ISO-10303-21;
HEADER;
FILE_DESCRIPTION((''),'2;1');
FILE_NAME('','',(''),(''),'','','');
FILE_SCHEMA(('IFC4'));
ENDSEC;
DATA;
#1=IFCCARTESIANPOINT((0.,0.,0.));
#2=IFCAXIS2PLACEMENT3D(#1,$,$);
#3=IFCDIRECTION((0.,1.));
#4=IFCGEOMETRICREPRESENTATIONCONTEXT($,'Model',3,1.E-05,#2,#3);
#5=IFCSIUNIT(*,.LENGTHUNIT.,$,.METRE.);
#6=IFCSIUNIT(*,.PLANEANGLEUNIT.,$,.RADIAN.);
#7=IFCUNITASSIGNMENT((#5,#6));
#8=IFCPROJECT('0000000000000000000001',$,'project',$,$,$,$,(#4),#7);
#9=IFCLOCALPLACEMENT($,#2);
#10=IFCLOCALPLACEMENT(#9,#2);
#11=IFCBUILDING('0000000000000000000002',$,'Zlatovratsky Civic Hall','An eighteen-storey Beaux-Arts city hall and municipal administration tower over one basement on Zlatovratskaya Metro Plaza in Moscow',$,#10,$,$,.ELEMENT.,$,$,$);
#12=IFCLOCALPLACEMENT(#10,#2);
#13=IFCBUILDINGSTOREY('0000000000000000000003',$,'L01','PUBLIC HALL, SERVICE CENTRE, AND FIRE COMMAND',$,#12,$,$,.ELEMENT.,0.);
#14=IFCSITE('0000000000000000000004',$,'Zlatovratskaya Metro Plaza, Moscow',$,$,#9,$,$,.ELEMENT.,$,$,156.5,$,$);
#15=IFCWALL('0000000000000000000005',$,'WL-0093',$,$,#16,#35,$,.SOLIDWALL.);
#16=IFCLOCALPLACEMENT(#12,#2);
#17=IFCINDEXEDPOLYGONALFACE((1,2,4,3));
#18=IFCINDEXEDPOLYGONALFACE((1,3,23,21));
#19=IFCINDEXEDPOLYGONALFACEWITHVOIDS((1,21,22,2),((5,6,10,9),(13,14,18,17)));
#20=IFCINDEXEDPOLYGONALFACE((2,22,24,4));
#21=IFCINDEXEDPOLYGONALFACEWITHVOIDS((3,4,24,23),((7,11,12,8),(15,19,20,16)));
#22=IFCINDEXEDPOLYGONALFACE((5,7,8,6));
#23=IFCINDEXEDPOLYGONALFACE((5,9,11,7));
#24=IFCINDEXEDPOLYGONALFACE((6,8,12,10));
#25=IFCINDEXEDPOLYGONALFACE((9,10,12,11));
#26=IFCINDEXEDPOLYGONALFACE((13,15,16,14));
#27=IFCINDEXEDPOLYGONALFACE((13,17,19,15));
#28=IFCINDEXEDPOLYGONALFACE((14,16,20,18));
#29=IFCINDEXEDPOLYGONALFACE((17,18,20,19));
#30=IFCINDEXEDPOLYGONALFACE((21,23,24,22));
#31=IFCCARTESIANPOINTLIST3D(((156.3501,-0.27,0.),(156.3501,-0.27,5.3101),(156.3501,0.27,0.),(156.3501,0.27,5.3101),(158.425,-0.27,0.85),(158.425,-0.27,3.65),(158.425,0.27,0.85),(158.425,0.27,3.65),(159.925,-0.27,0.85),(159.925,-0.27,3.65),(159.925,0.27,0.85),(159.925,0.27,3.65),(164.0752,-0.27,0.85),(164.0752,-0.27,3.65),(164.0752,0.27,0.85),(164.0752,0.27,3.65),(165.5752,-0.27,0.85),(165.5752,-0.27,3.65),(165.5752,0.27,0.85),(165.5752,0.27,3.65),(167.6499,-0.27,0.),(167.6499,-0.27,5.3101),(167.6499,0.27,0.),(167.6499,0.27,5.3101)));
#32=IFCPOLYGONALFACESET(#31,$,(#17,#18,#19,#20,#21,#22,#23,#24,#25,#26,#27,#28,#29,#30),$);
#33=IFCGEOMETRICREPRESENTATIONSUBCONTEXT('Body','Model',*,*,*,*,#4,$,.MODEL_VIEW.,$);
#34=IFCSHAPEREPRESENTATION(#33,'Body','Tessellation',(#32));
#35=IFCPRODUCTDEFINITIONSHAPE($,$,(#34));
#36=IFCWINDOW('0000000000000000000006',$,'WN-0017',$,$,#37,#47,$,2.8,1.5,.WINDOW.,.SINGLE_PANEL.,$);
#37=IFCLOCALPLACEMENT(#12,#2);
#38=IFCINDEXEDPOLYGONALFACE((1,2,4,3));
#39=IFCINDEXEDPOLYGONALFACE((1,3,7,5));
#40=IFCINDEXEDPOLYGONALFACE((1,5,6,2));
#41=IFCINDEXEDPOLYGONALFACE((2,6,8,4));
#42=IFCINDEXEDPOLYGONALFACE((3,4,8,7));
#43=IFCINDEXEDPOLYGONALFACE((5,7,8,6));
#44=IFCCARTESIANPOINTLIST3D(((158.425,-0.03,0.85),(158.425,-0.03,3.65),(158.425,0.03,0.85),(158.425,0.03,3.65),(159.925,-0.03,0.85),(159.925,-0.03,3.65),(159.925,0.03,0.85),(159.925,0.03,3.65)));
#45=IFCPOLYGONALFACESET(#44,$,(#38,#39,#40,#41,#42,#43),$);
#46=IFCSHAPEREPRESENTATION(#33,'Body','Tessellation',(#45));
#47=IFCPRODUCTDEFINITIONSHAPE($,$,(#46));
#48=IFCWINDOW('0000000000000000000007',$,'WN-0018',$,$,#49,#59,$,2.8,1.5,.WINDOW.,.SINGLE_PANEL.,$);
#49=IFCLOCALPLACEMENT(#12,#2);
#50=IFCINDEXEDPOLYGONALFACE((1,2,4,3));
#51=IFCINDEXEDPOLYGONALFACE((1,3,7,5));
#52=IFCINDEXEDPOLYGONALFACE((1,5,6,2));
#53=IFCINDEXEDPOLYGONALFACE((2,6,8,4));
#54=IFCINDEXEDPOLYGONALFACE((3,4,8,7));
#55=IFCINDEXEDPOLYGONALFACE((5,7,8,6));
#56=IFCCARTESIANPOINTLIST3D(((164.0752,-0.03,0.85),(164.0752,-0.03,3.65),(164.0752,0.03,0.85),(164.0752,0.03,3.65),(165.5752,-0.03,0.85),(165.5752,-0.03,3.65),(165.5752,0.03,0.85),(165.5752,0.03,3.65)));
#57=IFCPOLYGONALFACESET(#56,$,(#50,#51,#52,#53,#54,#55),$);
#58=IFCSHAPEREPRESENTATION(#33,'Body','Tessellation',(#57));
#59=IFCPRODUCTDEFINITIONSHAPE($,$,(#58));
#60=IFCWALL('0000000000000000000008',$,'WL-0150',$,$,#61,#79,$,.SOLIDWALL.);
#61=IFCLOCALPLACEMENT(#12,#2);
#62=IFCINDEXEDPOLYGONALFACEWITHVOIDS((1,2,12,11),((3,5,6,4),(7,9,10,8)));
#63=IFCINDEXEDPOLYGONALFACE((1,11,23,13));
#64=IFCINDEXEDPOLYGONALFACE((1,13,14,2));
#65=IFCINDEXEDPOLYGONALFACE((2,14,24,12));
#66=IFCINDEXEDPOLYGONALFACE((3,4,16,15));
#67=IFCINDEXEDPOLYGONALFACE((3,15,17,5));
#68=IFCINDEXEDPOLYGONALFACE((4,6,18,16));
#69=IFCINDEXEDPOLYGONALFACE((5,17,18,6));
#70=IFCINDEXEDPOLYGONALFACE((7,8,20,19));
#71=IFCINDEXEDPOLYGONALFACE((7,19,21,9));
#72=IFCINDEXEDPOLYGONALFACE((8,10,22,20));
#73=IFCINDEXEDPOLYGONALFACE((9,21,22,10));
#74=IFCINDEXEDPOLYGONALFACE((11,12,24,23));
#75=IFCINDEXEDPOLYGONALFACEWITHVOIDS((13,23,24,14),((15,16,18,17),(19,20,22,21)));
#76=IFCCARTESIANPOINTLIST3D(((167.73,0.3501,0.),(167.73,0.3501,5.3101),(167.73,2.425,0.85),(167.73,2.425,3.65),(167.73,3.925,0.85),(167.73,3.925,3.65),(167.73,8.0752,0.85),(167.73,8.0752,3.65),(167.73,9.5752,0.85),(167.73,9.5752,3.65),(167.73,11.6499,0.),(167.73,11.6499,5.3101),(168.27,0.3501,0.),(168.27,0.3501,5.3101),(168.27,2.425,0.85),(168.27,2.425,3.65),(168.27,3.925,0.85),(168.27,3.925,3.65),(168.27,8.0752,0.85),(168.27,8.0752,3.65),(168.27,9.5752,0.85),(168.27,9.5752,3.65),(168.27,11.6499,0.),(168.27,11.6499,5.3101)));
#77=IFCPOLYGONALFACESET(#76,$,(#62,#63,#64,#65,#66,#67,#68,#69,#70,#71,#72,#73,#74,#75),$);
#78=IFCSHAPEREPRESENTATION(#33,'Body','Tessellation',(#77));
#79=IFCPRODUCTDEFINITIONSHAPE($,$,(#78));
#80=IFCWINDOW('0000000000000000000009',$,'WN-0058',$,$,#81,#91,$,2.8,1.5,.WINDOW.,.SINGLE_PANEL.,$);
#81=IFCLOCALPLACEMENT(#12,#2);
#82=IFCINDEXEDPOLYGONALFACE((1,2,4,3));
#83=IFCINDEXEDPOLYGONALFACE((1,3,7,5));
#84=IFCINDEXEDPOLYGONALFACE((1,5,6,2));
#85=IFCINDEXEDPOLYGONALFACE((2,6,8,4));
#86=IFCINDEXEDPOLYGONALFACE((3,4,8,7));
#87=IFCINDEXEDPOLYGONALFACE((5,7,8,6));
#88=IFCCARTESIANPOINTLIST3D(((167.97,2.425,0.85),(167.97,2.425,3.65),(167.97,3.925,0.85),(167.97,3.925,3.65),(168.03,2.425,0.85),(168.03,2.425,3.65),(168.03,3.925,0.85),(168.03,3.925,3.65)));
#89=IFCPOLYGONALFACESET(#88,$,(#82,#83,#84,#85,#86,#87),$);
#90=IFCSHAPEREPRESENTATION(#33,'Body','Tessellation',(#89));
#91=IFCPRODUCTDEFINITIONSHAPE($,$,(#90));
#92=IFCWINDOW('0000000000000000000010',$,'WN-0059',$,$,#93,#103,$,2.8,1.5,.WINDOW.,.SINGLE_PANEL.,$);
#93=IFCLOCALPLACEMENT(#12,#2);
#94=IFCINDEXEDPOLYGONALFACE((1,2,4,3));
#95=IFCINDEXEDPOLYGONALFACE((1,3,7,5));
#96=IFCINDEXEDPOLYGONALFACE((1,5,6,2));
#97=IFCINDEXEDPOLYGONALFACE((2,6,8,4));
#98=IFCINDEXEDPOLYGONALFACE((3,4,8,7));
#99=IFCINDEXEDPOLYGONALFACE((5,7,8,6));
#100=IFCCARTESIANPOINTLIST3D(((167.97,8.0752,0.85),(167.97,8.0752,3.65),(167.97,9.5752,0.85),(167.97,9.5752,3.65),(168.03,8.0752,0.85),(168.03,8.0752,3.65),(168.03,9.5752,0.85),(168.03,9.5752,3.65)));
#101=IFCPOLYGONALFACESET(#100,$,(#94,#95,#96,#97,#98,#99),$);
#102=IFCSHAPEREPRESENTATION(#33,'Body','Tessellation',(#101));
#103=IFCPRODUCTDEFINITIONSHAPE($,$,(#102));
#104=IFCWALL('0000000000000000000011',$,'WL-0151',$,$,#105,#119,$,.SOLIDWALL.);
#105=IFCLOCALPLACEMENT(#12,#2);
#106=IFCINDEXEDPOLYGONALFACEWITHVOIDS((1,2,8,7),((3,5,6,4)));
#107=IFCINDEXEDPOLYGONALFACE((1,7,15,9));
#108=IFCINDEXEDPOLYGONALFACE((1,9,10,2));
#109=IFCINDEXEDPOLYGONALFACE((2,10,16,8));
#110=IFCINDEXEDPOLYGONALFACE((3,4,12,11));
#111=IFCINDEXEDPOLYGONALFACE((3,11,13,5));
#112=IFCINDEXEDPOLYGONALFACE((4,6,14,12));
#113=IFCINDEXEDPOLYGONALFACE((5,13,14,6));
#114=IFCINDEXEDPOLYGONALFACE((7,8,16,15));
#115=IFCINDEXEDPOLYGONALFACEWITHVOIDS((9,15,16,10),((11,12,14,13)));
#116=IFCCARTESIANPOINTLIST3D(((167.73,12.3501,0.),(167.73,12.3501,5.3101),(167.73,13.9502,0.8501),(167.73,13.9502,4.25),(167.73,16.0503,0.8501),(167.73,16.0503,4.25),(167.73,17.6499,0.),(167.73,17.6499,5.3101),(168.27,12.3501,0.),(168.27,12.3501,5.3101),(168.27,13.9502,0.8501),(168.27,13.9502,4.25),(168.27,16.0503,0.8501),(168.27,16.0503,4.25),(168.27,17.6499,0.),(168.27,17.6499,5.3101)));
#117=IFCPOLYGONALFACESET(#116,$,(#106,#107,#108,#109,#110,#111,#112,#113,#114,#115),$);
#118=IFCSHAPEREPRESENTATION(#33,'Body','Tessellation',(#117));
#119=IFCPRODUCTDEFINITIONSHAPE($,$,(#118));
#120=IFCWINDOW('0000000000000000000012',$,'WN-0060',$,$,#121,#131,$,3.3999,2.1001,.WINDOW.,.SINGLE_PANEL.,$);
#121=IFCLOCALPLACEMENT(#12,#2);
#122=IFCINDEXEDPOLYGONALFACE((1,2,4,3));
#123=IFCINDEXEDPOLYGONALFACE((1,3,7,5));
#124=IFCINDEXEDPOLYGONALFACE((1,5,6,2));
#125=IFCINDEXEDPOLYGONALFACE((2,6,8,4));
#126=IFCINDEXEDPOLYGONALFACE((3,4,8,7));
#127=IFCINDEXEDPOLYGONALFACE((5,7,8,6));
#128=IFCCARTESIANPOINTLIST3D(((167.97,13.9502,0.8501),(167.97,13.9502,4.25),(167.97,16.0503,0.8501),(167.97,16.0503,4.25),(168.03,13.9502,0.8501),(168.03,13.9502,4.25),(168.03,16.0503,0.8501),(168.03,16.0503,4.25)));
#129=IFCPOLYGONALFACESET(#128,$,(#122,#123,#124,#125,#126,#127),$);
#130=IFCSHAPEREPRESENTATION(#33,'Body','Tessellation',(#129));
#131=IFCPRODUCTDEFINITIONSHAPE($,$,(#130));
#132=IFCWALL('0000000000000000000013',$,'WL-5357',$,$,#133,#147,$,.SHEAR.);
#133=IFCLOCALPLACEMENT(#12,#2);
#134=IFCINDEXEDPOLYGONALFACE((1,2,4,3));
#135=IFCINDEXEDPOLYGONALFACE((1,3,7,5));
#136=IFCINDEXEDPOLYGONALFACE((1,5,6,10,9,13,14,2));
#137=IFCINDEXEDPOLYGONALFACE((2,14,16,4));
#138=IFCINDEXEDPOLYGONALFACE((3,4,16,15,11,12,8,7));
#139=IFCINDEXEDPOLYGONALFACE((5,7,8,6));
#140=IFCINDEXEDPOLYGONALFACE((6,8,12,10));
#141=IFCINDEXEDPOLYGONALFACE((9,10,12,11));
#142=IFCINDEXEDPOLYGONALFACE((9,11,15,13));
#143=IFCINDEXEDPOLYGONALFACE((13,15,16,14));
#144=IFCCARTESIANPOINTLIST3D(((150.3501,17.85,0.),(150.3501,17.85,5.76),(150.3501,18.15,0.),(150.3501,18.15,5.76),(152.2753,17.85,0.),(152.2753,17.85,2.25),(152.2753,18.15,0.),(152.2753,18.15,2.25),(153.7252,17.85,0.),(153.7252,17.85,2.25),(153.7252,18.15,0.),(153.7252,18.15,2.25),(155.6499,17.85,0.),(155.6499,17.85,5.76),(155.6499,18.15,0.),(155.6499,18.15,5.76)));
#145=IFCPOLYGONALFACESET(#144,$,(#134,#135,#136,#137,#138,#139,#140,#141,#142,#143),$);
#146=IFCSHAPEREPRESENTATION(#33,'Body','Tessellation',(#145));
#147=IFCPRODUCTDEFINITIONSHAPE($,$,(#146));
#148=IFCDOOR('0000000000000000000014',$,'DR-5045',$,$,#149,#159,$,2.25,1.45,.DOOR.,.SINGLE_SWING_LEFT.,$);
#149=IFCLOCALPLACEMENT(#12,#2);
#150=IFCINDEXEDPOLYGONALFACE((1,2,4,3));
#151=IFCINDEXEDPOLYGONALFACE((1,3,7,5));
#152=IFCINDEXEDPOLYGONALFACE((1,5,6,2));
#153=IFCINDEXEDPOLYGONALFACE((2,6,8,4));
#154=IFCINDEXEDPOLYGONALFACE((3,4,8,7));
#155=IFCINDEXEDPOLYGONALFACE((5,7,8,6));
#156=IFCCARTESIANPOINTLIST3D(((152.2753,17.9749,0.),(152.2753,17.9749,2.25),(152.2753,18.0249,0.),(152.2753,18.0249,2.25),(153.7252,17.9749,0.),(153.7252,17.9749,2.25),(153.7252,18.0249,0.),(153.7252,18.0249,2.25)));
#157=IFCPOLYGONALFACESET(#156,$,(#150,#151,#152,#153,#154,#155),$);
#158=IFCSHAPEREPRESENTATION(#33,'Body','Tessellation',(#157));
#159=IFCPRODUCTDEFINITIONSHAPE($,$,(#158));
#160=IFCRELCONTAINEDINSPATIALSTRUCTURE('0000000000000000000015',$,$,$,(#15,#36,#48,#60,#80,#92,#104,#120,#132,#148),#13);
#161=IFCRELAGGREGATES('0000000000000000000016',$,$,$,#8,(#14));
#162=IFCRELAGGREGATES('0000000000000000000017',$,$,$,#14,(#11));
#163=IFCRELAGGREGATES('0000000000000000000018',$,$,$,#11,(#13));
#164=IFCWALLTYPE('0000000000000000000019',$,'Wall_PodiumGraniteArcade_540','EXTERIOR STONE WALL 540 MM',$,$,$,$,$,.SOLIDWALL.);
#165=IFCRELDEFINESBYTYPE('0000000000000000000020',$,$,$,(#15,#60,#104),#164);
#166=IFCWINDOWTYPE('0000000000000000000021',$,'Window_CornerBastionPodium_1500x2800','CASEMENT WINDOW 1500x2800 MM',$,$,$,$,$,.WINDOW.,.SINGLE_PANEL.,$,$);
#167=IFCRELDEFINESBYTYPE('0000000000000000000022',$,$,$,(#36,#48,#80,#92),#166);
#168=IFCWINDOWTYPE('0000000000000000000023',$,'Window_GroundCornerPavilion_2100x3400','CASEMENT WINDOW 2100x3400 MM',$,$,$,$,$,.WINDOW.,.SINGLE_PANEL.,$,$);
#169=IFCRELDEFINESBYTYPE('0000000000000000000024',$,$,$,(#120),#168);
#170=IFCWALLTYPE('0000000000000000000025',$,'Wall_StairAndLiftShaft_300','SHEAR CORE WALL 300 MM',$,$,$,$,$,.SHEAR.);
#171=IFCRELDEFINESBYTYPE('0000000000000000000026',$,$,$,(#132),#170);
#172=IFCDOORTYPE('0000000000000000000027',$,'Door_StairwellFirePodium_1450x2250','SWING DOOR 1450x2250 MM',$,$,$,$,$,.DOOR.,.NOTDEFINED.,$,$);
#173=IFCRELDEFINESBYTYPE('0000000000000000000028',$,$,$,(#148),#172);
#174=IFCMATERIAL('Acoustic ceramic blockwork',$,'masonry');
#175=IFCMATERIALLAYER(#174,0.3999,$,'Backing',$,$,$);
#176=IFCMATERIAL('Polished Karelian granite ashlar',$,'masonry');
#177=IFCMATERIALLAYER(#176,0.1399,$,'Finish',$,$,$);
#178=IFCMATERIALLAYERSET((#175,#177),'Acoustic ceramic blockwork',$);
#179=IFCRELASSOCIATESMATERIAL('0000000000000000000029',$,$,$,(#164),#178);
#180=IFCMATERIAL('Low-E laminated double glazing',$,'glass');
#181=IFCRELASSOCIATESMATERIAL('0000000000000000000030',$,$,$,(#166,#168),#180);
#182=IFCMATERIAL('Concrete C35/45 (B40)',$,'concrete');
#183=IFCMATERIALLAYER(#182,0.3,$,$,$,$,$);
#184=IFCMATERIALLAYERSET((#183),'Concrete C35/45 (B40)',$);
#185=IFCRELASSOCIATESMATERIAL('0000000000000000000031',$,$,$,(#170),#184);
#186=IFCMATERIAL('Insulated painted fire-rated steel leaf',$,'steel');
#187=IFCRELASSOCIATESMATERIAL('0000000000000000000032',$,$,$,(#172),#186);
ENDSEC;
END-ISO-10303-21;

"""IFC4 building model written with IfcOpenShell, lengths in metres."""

from ifc_helpers import new_model, si_unit, direction, frame, frame_2d, origin, place, context, subcontext, project, spatial, rectangle, extrude, material, layer, layer_set, type_object, element, fill, save


model = new_model("IFC4")

# Units and contexts
model_context = context("Model", 3, precision=1e-05, world=origin(), true_north=direction((0.0, 1.0)))
body_context = subcontext(model_context, "Body", "Model", "MODEL_VIEW")
ifc_project = project(units=[si_unit("LENGTHUNIT", "METRE"), si_unit("PLANEANGLEUNIT", "RADIAN")], contexts=[model_context])

# Site, building, storey
site_placement = place(None, origin())
site = spatial("IfcSite", under=ifc_project, at=site_placement, Name="Zlatovratskaya Metro Plaza, Moscow", CompositionType="ELEMENT", RefElevation=156.5)
building_placement = place(site_placement, origin())
building = spatial("IfcBuilding", under=site, at=building_placement, Name="Zlatovratsky Civic Hall", Description="An eighteen-storey Beaux-Arts city hall and municipal administration tower over one basement on Zlatovratskaya Metro Plaza in Moscow", CompositionType="ELEMENT")
storey_placement = place(building_placement, origin())
storey = spatial("IfcBuildingStorey", under=building, at=storey_placement, Name="L01", Description="PUBLIC HALL, SERVICE CENTRE, AND FIRE COMMAND", CompositionType="ELEMENT", Elevation=0.0)

# Shared definitions
ifc_material_1 = material(Name="Concrete C35/45 (B40)", Category="concrete")

# Shared definitions
ifc_material_2 = material(Name="Acoustic ceramic blockwork", Category="masonry")
ifc_layer_1 = layer(ifc_material_2, 0.3999, Name="Backing")
ifc_material_3 = material(Name="Polished Karelian granite ashlar", Category="masonry")
ifc_layer_2 = layer(ifc_material_3, 0.1399, Name="Finish")
ifc_layer_set_1 = layer_set([ifc_layer_1, ifc_layer_2], Name="Acoustic ceramic blockwork")
wall_type_1 = type_object("IfcWallType", Name="Wall_PodiumGraniteArcade_540", Description="EXTERIOR STONE WALL 540 MM", PredefinedType="SOLIDWALL", material=ifc_layer_set_1)
ifc_material_4 = material(Name="Low-E laminated double glazing", Category="glass")

# Walls, openings, windows
wall_1_placement = place(storey_placement, frame((156.3501, 0.0, 0.0), z_axis=(0.0, 0.0, 1.0), x_axis=(1.0, 0.0, 0.0)))
wall_1 = element("IfcWall", 1, at=wall_1_placement, inside=storey, type_object=wall_type_1, Name="WL-0093", PredefinedType="SOLIDWALL", context=body_context, shape_type="SweptSolid", body=[
    extrude(rectangle(XDim=11.2998, YDim=0.54, at=frame_2d((5.6499, 0.0))), origin(), (0.0, 0.0, 1.0), 5.3101),
])
opening_1_placement = place(wall_1_placement, frame((2.075, 0.0, 0.8501)))
opening_1 = element("IfcOpeningElement", 2, at=opening_1_placement, cuts=wall_1, PredefinedType="OPENING", context=body_context, shape_type="SweptSolid", body=[
    extrude(rectangle(XDim=1.5, YDim=2.8, at=frame_2d((0.75, 1.3999))), frame((0.0, 0.2849, 0.0), z_axis=(0.0, -1.0, 0.0), x_axis=(1.0, 0.0, 0.0)), (0.0, 0.0, 1.0), 0.5698),
])
opening_2_placement = place(wall_1_placement, frame((7.7251, 0.0, 0.8501)))
opening_2 = element("IfcOpeningElement", 3, at=opening_2_placement, cuts=wall_1, PredefinedType="OPENING", context=body_context, shape_type="SweptSolid", body=[
    extrude(rectangle(XDim=1.5, YDim=2.8, at=frame_2d((0.75, 1.3999))), frame((0.0, 0.2849, 0.0), z_axis=(0.0, -1.0, 0.0), x_axis=(1.0, 0.0, 0.0)), (0.0, 0.0, 1.0), 0.5698),
])
window_type_1 = type_object("IfcWindowType", Name="Window_CornerBastionPodium_1500x2800", Description="CASEMENT WINDOW 1500x2800 MM", PartitioningType="SINGLE_PANEL", PredefinedType="WINDOW", material=ifc_material_4)
window_1_placement = place(opening_1_placement, origin())
window_1 = element("IfcWindow", 4, at=window_1_placement, inside=storey, type_object=window_type_1, Name="WN-0017", OverallHeight=2.8, OverallWidth=1.5, PartitioningType="SINGLE_PANEL", PredefinedType="WINDOW", context=body_context, shape_type="SweptSolid", body=[
    extrude(rectangle(XDim=1.5, YDim=2.8, at=frame_2d((0.75, 1.3999))), frame((0.0, 0.03, 0.0), z_axis=(0.0, -1.0, 0.0), x_axis=(1.0, 0.0, 0.0)), (0.0, 0.0, 1.0), 0.0601),
])
fill(opening_1, window_1)
window_2_placement = place(opening_2_placement, origin())
window_2 = element("IfcWindow", 5, at=window_2_placement, inside=storey, type_object=window_type_1, Name="WN-0018", OverallHeight=2.8, OverallWidth=1.5, PartitioningType="SINGLE_PANEL", PredefinedType="WINDOW", context=body_context, shape_type="SweptSolid", body=[
    extrude(rectangle(XDim=1.5, YDim=2.8, at=frame_2d((0.75, 1.3999))), frame((0.0, 0.03, 0.0), z_axis=(0.0, -1.0, 0.0), x_axis=(1.0, 0.0, 0.0)), (0.0, 0.0, 1.0), 0.0601),
])
fill(opening_2, window_2)
wall_2_placement = place(storey_placement, frame((168.0, 0.3501, 0.0), z_axis=(0.0, 0.0, 1.0), x_axis=(0.0, 1.0, 0.0)))
wall_2 = element("IfcWall", 6, at=wall_2_placement, inside=storey, type_object=wall_type_1, Name="WL-0150", PredefinedType="SOLIDWALL", context=body_context, shape_type="SweptSolid", body=[
    extrude(rectangle(XDim=11.2998, YDim=0.54, at=frame_2d((5.6499, 0.0))), origin(), (0.0, 0.0, 1.0), 5.3101),
])
opening_3_placement = place(wall_2_placement, frame((2.075, 0.0, 0.8501)))
opening_3 = element("IfcOpeningElement", 7, at=opening_3_placement, cuts=wall_2, PredefinedType="OPENING", context=body_context, shape_type="SweptSolid", body=[
    extrude(rectangle(XDim=1.5, YDim=2.8, at=frame_2d((0.75, 1.3999))), frame((0.0, 0.2849, 0.0), z_axis=(0.0, -1.0, 0.0), x_axis=(1.0, 0.0, 0.0)), (0.0, 0.0, 1.0), 0.5698),
])
opening_4_placement = place(wall_2_placement, frame((7.7251, 0.0, 0.8501)))
opening_4 = element("IfcOpeningElement", 8, at=opening_4_placement, cuts=wall_2, PredefinedType="OPENING", context=body_context, shape_type="SweptSolid", body=[
    extrude(rectangle(XDim=1.5, YDim=2.8, at=frame_2d((0.75, 1.3999))), frame((0.0, 0.2849, 0.0), z_axis=(0.0, -1.0, 0.0), x_axis=(1.0, 0.0, 0.0)), (0.0, 0.0, 1.0), 0.5698),
])
window_3_placement = place(opening_3_placement, origin())
window_3 = element("IfcWindow", 9, at=window_3_placement, inside=storey, type_object=window_type_1, Name="WN-0058", OverallHeight=2.8, OverallWidth=1.5, PartitioningType="SINGLE_PANEL", PredefinedType="WINDOW", context=body_context, shape_type="SweptSolid", body=[
    extrude(rectangle(XDim=1.5, YDim=2.8, at=frame_2d((0.75, 1.3999))), frame((0.0, 0.03, 0.0), z_axis=(0.0, -1.0, 0.0), x_axis=(1.0, 0.0, 0.0)), (0.0, 0.0, 1.0), 0.0601),
])
fill(opening_3, window_3)
window_4_placement = place(opening_4_placement, origin())
window_4 = element("IfcWindow", 10, at=window_4_placement, inside=storey, type_object=window_type_1, Name="WN-0059", OverallHeight=2.8, OverallWidth=1.5, PartitioningType="SINGLE_PANEL", PredefinedType="WINDOW", context=body_context, shape_type="SweptSolid", body=[
    extrude(rectangle(XDim=1.5, YDim=2.8, at=frame_2d((0.75, 1.3999))), frame((0.0, 0.03, 0.0), z_axis=(0.0, -1.0, 0.0), x_axis=(1.0, 0.0, 0.0)), (0.0, 0.0, 1.0), 0.0601),
])
fill(opening_4, window_4)

# Wall, opening, window
wall_3_placement = place(storey_placement, frame((168.0, 12.3501, 0.0), z_axis=(0.0, 0.0, 1.0), x_axis=(0.0, 1.0, 0.0)))
wall_3 = element("IfcWall", 11, at=wall_3_placement, inside=storey, type_object=wall_type_1, Name="WL-0151", PredefinedType="SOLIDWALL", context=body_context, shape_type="SweptSolid", body=[
    extrude(rectangle(XDim=5.2998, YDim=0.54, at=frame_2d((2.6499, 0.0))), origin(), (0.0, 0.0, 1.0), 5.3101),
])
opening_5_placement = place(wall_3_placement, frame((1.6001, 0.0, 0.8501)))
opening_5 = element("IfcOpeningElement", 12, at=opening_5_placement, cuts=wall_3, PredefinedType="OPENING", context=body_context, shape_type="SweptSolid", body=[
    extrude(rectangle(XDim=2.1001, YDim=3.3999, at=frame_2d((1.05, 1.7))), frame((0.0, 0.2849, 0.0), z_axis=(0.0, -1.0, 0.0), x_axis=(1.0, 0.0, 0.0)), (0.0, 0.0, 1.0), 0.5698),
])
window_type_2 = type_object("IfcWindowType", Name="Window_GroundCornerPavilion_2100x3400", Description="CASEMENT WINDOW 2100x3400 MM", PartitioningType="SINGLE_PANEL", PredefinedType="WINDOW", material=ifc_material_4)
window_5_placement = place(opening_5_placement, origin())
window_5 = element("IfcWindow", 13, at=window_5_placement, inside=storey, type_object=window_type_2, Name="WN-0060", OverallHeight=3.3999, OverallWidth=2.1001, PartitioningType="SINGLE_PANEL", PredefinedType="WINDOW", context=body_context, shape_type="SweptSolid", body=[
    extrude(rectangle(XDim=2.1001, YDim=3.3999, at=frame_2d((1.05, 1.7))), frame((0.0, 0.03, 0.0), z_axis=(0.0, -1.0, 0.0), x_axis=(1.0, 0.0, 0.0)), (0.0, 0.0, 1.0), 0.0601),
])
fill(opening_5, window_5)

# Wall, opening, door
ifc_layer_3 = layer(ifc_material_1, 0.3)
ifc_layer_set_2 = layer_set([ifc_layer_3], Name="Concrete C35/45 (B40)")
wall_type_2 = type_object("IfcWallType", Name="Wall_StairAndLiftShaft_300", Description="SHEAR CORE WALL 300 MM", PredefinedType="SHEAR", material=ifc_layer_set_2)
wall_4_placement = place(storey_placement, frame((150.3501, 18.0, 0.0), z_axis=(0.0, 0.0, 1.0), x_axis=(1.0, 0.0, 0.0)))
wall_4 = element("IfcWall", 14, at=wall_4_placement, inside=storey, type_object=wall_type_2, Name="WL-5357", PredefinedType="SHEAR", context=body_context, shape_type="SweptSolid", body=[
    extrude(rectangle(XDim=5.2998, YDim=0.3, at=frame_2d((2.6499, 0.0))), origin(), (0.0, 0.0, 1.0), 5.76),
])
opening_6_placement = place(wall_4_placement, frame((1.925, 0.0, 0.0)))
opening_6 = element("IfcOpeningElement", 15, at=opening_6_placement, cuts=wall_4, PredefinedType="OPENING", context=body_context, shape_type="SweptSolid", body=[
    extrude(rectangle(XDim=1.45, YDim=2.25, at=frame_2d((0.7251, 1.125))), frame((0.0, 0.165, 0.0), z_axis=(0.0, -1.0, 0.0), x_axis=(1.0, 0.0, 0.0)), (0.0, 0.0, 1.0), 0.3298),
])
ifc_material_5 = material(Name="Insulated painted fire-rated steel leaf", Category="steel")
door_type = type_object("IfcDoorType", Name="Door_StairwellFirePodium_1450x2250", Description="SWING DOOR 1450x2250 MM", OperationType="NOTDEFINED", PredefinedType="DOOR", material=ifc_material_5)
door_placement = place(opening_6_placement, origin())
door = element("IfcDoor", 16, at=door_placement, inside=storey, type_object=door_type, Name="DR-5045", OperationType="SINGLE_SWING_LEFT", OverallHeight=2.25, OverallWidth=1.45, PredefinedType="DOOR", context=body_context, shape_type="SweptSolid", body=[
    extrude(rectangle(XDim=1.45, YDim=2.25, at=frame_2d((0.7251, 1.125))), frame((0.0, 0.0249, 0.0), z_axis=(0.0, -1.0, 0.0), x_axis=(1.0, 0.0, 0.0)), (0.0, 0.0, 1.0), 0.05),
])
fill(opening_6, door)

save(model, "model.ifc")
